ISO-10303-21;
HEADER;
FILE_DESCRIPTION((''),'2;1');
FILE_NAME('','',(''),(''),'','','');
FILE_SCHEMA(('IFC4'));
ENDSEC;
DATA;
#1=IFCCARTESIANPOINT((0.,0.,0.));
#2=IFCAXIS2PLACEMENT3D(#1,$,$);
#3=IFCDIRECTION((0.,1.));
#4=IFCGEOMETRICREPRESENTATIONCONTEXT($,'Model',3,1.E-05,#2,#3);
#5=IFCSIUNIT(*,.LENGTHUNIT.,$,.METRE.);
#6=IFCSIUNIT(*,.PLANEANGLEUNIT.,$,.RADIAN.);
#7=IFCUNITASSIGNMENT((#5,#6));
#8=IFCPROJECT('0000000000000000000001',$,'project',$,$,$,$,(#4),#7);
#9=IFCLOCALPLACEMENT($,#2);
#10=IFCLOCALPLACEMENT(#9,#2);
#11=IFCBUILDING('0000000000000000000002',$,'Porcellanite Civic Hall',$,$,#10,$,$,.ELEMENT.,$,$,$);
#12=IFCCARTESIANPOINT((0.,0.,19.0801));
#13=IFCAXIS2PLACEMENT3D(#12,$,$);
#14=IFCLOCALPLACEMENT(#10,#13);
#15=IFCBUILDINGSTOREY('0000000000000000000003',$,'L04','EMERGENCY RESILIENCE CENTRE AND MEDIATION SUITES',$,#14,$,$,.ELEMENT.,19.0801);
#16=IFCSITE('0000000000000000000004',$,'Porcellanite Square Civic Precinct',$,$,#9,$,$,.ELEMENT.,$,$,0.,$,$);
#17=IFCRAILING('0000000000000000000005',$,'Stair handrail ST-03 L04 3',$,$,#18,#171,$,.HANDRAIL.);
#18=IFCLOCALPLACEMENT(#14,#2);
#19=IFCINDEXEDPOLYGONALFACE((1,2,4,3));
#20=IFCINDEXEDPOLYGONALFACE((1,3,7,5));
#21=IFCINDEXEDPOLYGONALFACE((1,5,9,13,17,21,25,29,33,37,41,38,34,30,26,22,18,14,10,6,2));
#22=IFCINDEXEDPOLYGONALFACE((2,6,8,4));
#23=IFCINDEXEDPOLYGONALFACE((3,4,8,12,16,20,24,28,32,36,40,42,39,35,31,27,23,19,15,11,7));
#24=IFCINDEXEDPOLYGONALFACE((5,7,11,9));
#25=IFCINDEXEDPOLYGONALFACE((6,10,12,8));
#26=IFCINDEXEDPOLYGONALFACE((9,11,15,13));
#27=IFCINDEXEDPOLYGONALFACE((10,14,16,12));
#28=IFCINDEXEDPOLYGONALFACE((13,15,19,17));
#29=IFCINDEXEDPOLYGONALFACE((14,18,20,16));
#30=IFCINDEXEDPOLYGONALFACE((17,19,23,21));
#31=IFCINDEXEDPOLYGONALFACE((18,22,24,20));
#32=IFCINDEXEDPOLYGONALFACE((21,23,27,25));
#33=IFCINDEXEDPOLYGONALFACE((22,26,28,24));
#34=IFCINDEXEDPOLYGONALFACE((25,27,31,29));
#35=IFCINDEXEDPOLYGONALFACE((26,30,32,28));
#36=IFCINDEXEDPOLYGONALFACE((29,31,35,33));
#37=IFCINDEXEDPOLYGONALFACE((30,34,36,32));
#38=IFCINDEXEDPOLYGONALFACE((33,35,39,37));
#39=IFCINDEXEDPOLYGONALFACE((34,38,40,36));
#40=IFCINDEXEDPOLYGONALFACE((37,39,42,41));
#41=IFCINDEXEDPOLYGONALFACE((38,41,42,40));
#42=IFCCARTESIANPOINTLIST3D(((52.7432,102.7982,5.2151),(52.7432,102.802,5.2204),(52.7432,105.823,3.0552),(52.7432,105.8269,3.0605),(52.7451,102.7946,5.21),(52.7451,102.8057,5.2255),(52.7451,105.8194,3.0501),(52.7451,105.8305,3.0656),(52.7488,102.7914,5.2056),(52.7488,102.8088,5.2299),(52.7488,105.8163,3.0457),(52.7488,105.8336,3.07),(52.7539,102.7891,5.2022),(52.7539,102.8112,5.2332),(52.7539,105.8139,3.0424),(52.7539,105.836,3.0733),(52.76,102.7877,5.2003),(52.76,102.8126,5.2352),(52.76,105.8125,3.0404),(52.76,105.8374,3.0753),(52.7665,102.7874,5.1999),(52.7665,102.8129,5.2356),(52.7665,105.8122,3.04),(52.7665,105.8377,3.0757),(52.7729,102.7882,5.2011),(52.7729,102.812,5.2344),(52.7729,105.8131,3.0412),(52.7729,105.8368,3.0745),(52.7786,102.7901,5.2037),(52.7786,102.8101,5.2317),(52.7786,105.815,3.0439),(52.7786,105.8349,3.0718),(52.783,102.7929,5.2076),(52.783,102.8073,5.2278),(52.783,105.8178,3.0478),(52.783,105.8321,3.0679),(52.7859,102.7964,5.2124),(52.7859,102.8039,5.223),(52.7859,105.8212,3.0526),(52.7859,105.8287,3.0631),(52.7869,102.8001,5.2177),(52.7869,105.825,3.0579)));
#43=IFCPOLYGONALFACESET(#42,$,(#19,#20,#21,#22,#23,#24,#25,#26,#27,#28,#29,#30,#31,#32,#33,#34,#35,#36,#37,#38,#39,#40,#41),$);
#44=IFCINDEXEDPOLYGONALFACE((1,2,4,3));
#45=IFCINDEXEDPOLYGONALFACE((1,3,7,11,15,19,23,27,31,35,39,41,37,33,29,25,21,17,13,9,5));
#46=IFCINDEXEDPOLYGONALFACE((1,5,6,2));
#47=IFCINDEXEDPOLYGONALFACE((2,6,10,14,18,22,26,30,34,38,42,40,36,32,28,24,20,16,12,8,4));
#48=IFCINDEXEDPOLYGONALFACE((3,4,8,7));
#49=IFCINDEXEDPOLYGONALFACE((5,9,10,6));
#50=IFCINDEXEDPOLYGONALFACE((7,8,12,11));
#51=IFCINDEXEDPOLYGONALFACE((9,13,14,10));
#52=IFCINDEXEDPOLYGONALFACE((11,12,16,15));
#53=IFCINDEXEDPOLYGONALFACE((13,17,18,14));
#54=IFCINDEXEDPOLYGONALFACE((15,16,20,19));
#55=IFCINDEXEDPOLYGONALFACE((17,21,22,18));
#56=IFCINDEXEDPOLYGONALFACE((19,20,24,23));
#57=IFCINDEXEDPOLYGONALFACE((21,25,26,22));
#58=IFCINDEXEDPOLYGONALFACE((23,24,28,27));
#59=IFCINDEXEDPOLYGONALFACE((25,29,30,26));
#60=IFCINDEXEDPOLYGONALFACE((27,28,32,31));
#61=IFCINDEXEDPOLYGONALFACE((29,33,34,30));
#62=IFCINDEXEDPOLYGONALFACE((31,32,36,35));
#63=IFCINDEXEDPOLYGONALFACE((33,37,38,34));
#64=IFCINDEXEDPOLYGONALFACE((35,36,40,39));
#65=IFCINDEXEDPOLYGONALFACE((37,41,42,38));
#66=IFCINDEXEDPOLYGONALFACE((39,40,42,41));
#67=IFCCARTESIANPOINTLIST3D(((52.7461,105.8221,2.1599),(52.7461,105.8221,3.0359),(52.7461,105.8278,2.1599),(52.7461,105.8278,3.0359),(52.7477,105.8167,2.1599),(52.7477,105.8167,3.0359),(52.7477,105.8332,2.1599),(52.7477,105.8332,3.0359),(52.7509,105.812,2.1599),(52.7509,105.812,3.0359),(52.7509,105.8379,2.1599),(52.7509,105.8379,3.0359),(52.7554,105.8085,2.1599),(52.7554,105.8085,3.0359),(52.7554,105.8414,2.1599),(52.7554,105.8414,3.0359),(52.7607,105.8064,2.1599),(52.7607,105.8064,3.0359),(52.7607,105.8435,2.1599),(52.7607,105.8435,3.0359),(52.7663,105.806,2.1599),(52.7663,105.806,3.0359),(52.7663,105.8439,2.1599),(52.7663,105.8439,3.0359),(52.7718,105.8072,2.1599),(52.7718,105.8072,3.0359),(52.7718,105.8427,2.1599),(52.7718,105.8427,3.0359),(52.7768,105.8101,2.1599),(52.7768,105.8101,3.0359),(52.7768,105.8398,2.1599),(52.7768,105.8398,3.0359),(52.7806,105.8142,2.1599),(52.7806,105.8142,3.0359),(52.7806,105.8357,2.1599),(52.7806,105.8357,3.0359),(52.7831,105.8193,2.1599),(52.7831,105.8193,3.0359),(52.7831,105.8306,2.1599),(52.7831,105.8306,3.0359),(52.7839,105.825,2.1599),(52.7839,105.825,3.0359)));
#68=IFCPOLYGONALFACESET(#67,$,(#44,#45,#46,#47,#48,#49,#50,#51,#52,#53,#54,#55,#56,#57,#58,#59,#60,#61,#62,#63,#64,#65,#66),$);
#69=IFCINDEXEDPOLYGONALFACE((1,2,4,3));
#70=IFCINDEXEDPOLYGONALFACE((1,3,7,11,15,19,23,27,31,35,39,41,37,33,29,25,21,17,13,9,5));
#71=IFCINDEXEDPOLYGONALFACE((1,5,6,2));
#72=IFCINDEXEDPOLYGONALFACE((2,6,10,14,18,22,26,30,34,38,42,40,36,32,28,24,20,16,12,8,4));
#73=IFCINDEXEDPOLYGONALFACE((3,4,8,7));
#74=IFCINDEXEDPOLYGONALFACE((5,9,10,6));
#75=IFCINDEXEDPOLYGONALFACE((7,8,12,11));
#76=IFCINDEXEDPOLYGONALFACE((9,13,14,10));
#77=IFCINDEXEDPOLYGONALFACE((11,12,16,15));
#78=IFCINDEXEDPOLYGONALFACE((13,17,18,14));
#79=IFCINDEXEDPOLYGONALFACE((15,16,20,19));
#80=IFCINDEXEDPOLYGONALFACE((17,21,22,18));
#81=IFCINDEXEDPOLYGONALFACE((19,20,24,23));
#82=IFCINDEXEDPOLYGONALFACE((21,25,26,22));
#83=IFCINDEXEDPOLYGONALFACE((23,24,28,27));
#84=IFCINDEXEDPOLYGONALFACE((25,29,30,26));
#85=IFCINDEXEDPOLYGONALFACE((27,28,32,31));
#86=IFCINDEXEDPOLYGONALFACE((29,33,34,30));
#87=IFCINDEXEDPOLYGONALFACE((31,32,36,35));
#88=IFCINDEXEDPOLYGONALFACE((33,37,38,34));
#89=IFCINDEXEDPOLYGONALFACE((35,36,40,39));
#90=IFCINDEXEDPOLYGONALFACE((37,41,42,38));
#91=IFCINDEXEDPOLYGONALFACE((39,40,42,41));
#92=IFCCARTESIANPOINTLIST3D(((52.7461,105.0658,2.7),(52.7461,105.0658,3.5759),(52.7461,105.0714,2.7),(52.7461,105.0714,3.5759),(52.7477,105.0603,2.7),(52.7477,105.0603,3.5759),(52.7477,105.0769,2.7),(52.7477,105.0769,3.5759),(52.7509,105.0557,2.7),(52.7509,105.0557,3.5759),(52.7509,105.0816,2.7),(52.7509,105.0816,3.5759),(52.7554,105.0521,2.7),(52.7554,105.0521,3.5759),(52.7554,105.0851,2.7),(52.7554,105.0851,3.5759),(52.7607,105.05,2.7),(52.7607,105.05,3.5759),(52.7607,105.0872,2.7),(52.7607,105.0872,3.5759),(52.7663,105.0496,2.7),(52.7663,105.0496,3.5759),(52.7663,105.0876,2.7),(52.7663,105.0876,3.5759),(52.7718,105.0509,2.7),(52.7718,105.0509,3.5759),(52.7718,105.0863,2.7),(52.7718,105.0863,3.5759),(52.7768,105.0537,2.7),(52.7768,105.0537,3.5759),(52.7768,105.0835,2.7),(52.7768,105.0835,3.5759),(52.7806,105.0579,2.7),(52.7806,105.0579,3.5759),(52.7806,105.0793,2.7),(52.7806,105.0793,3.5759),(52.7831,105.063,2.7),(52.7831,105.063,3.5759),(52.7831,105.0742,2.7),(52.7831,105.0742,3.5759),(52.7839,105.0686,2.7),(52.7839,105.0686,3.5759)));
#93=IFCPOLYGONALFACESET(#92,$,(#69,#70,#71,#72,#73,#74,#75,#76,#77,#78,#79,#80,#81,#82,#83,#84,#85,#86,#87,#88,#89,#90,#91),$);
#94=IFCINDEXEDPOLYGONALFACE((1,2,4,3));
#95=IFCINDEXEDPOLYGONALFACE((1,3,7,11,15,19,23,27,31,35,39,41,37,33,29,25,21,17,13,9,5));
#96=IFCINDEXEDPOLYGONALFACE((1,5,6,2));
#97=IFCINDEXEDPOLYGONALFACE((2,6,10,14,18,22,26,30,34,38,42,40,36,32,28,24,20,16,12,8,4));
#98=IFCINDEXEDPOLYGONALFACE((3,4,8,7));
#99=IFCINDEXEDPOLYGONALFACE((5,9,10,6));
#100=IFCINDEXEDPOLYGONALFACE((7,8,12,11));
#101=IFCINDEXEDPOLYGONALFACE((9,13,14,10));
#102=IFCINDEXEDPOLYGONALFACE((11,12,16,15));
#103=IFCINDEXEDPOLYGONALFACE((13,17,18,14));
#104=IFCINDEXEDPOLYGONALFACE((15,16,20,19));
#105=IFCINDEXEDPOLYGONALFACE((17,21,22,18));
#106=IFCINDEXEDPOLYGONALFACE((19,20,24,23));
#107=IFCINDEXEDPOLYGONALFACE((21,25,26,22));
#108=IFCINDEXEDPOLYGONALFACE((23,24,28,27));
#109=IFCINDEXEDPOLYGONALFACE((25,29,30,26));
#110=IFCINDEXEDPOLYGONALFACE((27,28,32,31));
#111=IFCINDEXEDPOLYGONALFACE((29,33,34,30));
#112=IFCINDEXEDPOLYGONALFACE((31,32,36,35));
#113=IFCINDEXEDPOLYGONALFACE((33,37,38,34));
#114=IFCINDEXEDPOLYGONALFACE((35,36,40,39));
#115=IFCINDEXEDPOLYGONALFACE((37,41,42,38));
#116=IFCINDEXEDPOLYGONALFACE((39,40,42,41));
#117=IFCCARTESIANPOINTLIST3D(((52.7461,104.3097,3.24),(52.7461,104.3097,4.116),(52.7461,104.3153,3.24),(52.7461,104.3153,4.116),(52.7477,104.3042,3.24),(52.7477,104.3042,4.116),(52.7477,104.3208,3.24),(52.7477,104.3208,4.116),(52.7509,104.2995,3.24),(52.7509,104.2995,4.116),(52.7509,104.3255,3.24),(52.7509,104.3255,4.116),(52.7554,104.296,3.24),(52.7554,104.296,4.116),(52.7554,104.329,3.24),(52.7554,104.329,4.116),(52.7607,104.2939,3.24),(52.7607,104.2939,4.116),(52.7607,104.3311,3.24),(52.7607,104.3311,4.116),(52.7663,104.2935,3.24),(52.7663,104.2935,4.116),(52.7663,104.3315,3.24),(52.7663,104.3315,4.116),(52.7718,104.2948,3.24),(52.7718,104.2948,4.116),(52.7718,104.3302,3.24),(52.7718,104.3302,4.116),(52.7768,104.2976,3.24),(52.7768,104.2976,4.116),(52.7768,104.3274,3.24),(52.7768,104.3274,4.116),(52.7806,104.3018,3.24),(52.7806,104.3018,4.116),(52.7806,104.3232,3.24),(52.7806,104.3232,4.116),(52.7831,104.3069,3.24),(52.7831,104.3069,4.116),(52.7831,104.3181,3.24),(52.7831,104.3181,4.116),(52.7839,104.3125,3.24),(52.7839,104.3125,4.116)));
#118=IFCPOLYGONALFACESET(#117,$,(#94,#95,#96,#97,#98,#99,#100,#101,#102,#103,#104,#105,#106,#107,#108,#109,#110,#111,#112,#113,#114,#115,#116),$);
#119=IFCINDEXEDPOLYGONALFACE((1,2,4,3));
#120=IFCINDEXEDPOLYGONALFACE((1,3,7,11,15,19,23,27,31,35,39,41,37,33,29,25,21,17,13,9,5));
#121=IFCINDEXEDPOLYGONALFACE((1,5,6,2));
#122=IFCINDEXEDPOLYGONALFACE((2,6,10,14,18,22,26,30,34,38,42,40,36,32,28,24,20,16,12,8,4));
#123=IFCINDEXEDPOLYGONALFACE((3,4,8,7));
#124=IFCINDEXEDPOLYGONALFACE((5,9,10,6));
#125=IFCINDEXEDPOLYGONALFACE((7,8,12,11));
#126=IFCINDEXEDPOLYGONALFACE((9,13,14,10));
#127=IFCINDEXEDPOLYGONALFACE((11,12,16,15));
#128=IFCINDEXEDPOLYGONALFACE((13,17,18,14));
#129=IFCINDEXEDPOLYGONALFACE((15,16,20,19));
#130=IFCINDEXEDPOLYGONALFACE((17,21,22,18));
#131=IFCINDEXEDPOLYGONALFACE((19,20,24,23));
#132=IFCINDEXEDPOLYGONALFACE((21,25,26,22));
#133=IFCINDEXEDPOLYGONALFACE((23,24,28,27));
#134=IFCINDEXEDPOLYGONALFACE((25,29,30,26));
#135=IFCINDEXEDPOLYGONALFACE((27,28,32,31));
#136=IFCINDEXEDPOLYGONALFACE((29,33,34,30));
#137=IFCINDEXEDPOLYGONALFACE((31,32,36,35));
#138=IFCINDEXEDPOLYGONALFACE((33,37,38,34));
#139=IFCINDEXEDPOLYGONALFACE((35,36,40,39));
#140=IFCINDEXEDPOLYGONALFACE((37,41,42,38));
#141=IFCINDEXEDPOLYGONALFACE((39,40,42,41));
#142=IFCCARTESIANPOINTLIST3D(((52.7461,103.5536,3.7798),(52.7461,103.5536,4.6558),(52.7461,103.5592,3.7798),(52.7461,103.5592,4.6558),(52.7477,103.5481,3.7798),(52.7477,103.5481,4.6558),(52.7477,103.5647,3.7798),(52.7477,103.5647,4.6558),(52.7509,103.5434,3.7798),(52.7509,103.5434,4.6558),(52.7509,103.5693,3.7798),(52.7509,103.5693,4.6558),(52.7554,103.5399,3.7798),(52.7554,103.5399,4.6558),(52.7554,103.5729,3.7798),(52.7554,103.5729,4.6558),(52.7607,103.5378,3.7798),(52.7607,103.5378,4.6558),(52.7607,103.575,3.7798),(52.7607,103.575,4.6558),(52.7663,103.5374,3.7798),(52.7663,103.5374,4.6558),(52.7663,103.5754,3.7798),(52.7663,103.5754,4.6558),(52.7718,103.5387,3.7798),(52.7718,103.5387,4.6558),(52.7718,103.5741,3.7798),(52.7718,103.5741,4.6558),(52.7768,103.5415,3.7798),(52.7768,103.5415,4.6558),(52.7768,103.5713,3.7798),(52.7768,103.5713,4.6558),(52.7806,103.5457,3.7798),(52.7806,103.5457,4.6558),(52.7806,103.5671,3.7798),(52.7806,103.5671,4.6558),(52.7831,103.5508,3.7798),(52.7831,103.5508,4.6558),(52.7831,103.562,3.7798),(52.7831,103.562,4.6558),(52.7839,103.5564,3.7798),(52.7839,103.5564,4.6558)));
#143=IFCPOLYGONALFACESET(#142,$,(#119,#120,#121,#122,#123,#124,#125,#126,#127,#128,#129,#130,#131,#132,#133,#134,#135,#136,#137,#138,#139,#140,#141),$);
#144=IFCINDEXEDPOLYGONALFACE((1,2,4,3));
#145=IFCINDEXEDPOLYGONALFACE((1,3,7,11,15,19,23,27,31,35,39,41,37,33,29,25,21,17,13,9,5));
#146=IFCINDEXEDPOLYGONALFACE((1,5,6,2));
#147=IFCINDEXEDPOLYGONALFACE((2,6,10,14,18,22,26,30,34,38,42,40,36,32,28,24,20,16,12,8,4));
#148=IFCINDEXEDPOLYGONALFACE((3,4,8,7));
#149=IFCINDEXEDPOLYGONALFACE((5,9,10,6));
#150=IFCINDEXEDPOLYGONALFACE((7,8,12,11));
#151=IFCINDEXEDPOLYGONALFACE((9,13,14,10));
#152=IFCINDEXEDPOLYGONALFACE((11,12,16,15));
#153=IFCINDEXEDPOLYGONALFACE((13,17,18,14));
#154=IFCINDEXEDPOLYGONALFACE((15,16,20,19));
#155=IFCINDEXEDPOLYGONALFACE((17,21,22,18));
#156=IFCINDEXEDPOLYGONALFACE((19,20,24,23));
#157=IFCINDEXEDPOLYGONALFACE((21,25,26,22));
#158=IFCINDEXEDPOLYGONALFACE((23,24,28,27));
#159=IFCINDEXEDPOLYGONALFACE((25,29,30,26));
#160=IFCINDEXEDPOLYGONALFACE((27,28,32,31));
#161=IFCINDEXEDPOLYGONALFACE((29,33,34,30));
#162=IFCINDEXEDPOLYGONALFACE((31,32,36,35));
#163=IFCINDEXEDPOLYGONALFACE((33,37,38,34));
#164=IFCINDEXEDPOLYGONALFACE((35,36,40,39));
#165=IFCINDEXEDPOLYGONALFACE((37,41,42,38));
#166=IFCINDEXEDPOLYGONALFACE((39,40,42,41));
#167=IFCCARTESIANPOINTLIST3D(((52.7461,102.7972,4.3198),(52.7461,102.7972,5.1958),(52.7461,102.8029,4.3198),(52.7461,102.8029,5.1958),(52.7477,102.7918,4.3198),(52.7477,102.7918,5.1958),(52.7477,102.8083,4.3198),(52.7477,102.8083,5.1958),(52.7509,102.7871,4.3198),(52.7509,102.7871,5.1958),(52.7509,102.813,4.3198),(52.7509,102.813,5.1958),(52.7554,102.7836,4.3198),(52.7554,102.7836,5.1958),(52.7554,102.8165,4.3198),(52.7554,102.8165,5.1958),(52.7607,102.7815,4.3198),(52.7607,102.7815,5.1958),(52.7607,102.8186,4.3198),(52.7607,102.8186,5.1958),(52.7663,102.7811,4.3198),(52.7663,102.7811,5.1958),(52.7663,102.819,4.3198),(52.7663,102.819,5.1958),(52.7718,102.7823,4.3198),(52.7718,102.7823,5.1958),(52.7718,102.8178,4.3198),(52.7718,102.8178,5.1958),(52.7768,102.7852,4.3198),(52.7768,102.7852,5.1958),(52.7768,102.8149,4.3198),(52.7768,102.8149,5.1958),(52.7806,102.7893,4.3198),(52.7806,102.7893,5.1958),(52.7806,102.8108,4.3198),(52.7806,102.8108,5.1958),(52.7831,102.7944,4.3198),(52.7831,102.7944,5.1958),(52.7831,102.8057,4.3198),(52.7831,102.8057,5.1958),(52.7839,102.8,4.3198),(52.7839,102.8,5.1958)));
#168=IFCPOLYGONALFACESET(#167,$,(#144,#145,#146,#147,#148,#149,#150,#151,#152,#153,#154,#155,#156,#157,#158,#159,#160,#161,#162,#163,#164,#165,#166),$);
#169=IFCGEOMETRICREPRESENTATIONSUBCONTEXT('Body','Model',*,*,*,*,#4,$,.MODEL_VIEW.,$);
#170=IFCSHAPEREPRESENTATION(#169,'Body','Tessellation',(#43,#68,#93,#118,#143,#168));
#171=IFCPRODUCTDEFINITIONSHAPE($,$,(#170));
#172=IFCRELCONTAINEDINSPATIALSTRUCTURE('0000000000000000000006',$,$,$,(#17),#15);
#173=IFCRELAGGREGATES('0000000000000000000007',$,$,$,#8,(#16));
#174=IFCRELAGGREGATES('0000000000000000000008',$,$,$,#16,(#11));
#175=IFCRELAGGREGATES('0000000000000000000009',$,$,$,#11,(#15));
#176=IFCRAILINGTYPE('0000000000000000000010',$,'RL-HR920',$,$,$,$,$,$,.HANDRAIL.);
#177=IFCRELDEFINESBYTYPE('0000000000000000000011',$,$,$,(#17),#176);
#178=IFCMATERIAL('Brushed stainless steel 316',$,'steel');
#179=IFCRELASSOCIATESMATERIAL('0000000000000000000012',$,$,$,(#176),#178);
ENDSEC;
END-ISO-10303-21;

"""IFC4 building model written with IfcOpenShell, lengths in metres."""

from ifc_helpers import new_model, si_unit, direction, frame, origin, origin_2d, place, context, subcontext, project, spatial, circle, extrude, material, type_object, element, save


model = new_model("IFC4")

# Units and contexts
model_context = context("Model", 3, precision=1e-05, world=origin(), true_north=direction((0.0, 1.0)))
body_context = subcontext(model_context, "Body", "Model", "MODEL_VIEW")
ifc_project = project(units=[si_unit("LENGTHUNIT", "METRE"), si_unit("PLANEANGLEUNIT", "RADIAN")], contexts=[model_context])

# Site, building, storey
site_placement = place(None, origin())
site = spatial("IfcSite", under=ifc_project, at=site_placement, Name="Porcellanite Square Civic Precinct", CompositionType="ELEMENT", RefElevation=0.0)
building_placement = place(site_placement, origin())
building = spatial("IfcBuilding", under=site, at=building_placement, Name="Porcellanite Civic Hall", CompositionType="ELEMENT")
storey_placement = place(building_placement, frame((0.0, 0.0, 19.0801)))
storey = spatial("IfcBuildingStorey", under=building, at=storey_placement, Name="L04", Description="EMERGENCY RESILIENCE CENTRE AND MEDIATION SUITES", CompositionType="ELEMENT", Elevation=19.0801)

# Railing
ifc_material_1 = material(Name="Brushed stainless steel 316", Category="steel")
railing_type_1 = type_object("IfcRailingType", Name="RL-HR920", PredefinedType="HANDRAIL", material=ifc_material_1)
railing_1_placement = place(storey_placement, frame((52.7649, 105.825, 2.1599)))
element("IfcRailing", 1, at=railing_1_placement, inside=storey, type_object=railing_type_1, Name="Stair handrail ST-03 L04 3", PredefinedType="HANDRAIL", context=body_context, shape_type="SweptSolid", body=[
    extrude(circle(Radius=0.022, at=origin_2d()), frame((0.0, 0.0, 0.8979), z_axis=(0.0, -0.813827, 0.581108), x_axis=(1.0, 0.0, 0.0)), (0.0, 0.0, 1.0), 3.7168),
    extrude(circle(Radius=0.019, at=origin_2d()), origin(), (0.0, 0.0, 1.0), 0.876),
    extrude(circle(Radius=0.019, at=origin_2d()), frame((0.0, -0.7563, 0.54)), (0.0, 0.0, 1.0), 0.876),
    extrude(circle(Radius=0.019, at=origin_2d()), frame((0.0, -1.5125, 1.0801)), (0.0, 0.0, 1.0), 0.876),
    extrude(circle(Radius=0.019, at=origin_2d()), frame((0.0, -2.2686, 1.6199)), (0.0, 0.0, 1.0), 0.876),
    extrude(circle(Radius=0.019, at=origin_2d()), frame((0.0, -3.0249, 2.1599)), (0.0, 0.0, 1.0), 0.876),
])

save(model, "model.ifc")
